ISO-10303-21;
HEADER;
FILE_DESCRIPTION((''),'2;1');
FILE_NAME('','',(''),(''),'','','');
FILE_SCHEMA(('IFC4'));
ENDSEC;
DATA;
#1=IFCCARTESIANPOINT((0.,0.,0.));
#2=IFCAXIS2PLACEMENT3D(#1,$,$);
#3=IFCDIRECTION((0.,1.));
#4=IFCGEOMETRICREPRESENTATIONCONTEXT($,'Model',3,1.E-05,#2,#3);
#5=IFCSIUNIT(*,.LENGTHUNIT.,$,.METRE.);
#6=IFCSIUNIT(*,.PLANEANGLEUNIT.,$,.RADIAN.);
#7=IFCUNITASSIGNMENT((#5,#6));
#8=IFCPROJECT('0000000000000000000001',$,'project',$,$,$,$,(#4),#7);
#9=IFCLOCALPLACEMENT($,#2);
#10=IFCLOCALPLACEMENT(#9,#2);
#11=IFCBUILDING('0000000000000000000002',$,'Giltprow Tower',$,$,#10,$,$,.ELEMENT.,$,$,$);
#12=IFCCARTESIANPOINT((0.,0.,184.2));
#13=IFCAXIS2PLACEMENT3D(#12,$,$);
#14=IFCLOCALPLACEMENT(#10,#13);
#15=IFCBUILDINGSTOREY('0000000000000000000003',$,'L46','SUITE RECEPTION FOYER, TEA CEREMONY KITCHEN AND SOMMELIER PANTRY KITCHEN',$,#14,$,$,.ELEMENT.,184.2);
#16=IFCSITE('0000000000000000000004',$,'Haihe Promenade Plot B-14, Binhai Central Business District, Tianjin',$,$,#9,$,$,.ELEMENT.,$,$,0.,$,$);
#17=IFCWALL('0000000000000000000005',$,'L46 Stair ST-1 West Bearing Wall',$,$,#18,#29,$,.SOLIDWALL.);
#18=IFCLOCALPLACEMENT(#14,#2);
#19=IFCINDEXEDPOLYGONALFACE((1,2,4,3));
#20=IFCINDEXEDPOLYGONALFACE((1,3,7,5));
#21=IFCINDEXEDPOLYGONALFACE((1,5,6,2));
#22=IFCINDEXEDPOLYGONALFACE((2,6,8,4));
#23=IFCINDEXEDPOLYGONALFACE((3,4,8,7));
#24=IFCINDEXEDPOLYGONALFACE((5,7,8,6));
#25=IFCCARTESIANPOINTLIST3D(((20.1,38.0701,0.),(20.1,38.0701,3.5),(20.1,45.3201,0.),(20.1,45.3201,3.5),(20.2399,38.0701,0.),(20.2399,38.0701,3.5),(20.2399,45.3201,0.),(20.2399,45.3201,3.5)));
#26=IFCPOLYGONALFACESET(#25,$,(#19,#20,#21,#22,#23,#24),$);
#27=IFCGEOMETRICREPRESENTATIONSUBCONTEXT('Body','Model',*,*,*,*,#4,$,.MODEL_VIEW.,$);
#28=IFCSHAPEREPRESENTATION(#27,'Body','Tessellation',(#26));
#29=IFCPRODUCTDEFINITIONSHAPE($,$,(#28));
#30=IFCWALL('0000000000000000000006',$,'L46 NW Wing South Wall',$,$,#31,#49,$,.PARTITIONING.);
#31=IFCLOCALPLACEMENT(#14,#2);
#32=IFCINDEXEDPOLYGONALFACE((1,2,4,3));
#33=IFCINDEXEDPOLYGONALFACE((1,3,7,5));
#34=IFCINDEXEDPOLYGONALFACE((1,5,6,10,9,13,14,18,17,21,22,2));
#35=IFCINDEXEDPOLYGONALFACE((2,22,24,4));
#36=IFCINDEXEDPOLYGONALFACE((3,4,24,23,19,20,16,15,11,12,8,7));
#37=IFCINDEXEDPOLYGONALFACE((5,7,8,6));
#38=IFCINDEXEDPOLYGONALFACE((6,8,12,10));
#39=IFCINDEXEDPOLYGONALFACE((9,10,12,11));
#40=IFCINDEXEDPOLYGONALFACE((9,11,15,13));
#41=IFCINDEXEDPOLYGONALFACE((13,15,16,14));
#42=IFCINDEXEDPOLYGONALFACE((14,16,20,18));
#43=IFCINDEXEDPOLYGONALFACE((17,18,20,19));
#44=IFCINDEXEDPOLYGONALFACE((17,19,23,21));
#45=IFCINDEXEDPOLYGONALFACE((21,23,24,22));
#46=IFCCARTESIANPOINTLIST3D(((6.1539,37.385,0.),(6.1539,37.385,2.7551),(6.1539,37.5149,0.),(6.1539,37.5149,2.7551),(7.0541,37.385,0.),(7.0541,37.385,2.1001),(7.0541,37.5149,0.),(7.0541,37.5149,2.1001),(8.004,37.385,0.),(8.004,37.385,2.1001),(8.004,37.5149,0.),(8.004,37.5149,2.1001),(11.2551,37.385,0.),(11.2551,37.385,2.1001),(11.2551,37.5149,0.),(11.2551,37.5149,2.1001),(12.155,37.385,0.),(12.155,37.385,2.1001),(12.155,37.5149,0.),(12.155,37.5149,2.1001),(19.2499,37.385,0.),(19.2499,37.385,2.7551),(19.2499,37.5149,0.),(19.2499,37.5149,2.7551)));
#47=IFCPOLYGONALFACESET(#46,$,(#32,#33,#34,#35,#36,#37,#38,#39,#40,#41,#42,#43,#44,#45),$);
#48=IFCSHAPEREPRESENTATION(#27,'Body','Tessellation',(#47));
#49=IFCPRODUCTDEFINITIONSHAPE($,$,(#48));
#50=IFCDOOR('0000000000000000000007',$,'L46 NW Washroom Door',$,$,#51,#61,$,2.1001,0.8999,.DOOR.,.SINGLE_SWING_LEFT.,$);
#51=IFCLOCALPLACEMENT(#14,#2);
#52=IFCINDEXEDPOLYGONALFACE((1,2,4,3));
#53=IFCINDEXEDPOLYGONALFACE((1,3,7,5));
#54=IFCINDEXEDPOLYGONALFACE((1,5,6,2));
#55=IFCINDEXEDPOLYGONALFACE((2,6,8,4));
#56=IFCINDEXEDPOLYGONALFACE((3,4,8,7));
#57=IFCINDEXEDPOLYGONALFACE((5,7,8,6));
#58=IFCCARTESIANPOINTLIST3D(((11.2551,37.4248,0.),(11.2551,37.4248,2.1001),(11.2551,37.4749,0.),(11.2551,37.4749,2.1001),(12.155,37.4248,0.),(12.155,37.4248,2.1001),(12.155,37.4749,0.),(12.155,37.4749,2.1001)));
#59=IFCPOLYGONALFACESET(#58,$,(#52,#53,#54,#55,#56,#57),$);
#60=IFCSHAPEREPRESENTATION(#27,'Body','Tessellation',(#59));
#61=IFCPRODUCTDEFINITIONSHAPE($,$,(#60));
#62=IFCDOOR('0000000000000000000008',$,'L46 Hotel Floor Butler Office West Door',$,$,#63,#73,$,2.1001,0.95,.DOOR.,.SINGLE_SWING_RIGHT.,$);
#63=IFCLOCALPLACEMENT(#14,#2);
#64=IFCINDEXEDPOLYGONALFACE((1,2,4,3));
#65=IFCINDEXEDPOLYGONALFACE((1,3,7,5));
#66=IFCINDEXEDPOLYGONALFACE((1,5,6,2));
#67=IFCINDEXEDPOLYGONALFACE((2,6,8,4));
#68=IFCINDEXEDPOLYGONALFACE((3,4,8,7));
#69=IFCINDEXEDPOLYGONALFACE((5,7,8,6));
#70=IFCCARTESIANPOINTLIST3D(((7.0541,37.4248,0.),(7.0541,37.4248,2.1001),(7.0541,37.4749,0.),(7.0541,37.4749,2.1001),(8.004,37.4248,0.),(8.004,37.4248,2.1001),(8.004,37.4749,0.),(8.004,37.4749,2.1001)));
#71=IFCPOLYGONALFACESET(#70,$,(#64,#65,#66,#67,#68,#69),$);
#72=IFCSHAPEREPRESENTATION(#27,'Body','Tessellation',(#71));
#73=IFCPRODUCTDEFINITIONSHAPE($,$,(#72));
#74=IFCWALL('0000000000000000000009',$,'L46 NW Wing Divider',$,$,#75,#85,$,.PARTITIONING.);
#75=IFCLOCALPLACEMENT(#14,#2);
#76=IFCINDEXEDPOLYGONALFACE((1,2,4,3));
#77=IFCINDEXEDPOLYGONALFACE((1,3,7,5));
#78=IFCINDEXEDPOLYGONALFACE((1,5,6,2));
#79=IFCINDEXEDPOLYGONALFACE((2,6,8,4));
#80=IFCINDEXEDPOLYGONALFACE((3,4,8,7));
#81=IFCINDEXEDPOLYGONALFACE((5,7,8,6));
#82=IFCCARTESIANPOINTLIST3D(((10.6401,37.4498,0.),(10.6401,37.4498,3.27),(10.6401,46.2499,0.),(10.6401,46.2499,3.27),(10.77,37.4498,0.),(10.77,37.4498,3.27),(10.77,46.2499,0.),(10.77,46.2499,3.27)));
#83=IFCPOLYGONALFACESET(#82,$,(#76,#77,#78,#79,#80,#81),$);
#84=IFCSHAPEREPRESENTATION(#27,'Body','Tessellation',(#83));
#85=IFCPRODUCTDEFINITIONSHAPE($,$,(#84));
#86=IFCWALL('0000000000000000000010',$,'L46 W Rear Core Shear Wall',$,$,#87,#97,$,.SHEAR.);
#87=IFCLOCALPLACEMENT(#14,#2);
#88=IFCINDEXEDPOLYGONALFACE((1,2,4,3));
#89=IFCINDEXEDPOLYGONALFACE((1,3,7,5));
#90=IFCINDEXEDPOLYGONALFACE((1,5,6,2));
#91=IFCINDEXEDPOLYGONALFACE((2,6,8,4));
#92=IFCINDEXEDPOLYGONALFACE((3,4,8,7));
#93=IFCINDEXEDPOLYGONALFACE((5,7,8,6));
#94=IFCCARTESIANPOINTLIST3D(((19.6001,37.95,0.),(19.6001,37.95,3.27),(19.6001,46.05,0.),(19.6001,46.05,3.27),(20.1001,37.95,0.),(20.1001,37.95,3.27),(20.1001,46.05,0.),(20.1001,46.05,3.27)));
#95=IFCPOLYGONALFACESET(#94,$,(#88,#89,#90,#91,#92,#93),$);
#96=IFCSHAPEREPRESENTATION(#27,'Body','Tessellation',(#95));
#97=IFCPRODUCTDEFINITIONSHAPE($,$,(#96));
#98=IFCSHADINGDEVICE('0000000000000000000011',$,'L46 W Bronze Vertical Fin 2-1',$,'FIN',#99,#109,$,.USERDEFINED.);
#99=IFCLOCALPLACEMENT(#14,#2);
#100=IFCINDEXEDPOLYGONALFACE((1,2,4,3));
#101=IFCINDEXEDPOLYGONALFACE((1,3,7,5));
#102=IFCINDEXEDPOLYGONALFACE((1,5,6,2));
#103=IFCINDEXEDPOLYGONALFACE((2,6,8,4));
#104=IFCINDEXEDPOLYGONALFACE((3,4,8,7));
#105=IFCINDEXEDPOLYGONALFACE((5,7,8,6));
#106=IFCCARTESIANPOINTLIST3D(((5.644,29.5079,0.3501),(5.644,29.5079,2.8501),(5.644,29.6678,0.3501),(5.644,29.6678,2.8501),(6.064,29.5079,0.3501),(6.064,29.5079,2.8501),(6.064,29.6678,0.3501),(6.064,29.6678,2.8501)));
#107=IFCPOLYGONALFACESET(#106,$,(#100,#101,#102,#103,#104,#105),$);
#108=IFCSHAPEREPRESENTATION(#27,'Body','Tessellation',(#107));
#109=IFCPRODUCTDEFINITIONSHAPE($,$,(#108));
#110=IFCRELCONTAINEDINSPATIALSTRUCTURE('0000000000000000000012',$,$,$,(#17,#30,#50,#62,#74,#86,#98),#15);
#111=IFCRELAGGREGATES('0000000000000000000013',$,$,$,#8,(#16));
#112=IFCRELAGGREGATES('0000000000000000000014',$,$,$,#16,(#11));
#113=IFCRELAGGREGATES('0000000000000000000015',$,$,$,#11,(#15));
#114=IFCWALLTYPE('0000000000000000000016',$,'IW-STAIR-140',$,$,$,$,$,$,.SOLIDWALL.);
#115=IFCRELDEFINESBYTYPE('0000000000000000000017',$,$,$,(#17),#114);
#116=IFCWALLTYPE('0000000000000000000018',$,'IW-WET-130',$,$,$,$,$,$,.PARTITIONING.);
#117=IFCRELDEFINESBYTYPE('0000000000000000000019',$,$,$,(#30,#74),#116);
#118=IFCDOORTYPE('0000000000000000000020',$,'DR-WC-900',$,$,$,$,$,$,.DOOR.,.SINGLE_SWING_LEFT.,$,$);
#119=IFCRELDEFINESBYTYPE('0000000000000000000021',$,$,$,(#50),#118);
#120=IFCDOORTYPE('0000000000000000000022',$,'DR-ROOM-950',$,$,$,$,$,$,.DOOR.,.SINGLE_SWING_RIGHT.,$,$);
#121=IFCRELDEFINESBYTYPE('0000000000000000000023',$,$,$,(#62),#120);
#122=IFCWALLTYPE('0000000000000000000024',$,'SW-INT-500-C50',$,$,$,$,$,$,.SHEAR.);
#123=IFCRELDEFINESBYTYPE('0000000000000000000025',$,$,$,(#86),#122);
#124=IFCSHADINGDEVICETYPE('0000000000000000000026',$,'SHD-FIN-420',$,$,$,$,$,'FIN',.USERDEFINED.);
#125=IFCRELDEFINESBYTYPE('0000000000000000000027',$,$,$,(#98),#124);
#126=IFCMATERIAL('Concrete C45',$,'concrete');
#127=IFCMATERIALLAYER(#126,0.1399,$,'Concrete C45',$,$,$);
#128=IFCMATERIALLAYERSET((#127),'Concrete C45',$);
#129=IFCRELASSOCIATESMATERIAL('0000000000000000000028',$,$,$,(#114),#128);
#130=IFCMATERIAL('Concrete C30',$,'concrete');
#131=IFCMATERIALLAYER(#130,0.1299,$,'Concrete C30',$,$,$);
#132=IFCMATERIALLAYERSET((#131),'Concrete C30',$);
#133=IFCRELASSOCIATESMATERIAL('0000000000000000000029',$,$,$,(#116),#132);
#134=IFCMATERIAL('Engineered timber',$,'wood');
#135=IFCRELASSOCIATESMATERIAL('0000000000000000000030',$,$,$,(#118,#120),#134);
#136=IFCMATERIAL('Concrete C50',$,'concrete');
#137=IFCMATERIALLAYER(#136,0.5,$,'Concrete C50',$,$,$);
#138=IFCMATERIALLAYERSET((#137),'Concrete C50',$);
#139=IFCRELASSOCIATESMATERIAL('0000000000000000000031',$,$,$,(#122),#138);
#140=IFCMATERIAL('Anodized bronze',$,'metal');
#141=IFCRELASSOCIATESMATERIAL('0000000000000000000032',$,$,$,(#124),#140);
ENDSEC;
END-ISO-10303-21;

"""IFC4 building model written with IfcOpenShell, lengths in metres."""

from ifc_helpers import new_model, si_unit, direction, frame, frame_2d, origin, origin_2d, place, context, subcontext, project, spatial, rectangle, extrude, source, transform, mapped, material, layer, layer_set, type_object, element, fill, save


model = new_model("IFC4")

# Units and contexts
model_context = context("Model", 3, precision=1e-05, world=origin(), true_north=direction((0.0, 1.0)))
body_context = subcontext(model_context, "Body", "Model", "MODEL_VIEW")
ifc_project = project(units=[si_unit("LENGTHUNIT", "METRE"), si_unit("PLANEANGLEUNIT", "RADIAN")], contexts=[model_context])

# Site, building, storey
site_placement = place(None, origin())
site = spatial("IfcSite", under=ifc_project, at=site_placement, Name="Haihe Promenade Plot B-14, Binhai Central Business District, Tianjin", CompositionType="ELEMENT", RefElevation=0.0)
building_placement = place(site_placement, origin())
building = spatial("IfcBuilding", under=site, at=building_placement, Name="Giltprow Tower", CompositionType="ELEMENT")
storey_placement = place(building_placement, frame((0.0, 0.0, 184.2)))
storey = spatial("IfcBuildingStorey", under=building, at=storey_placement, Name="L46", Description="SUITE RECEPTION FOYER, TEA CEREMONY KITCHEN AND SOMMELIER PANTRY KITCHEN", CompositionType="ELEMENT", Elevation=184.2)

# Shared definitions
ifc_material_1 = material(Name="Concrete C50", Category="concrete")

# Shared definitions
ifc_material_2 = material(Name="Engineered timber", Category="wood")

# Wall
ifc_material_3 = material(Name="Concrete C45", Category="concrete")
ifc_layer_1 = layer(ifc_material_3, 0.1399, Name="Concrete C45")
ifc_layer_set_1 = layer_set([ifc_layer_1], Name="Concrete C45")
wall_type_1 = type_object("IfcWallType", Name="IW-STAIR-140", PredefinedType="SOLIDWALL", material=ifc_layer_set_1)
wall_1_placement = place(storey_placement, frame((20.1699, 38.0701, 0.0), z_axis=(0.0, 0.0, 1.0), x_axis=(0.0, 1.0, 0.0)))
element("IfcWall", 1, at=wall_1_placement, inside=storey, type_object=wall_type_1, Name="L46 Stair ST-1 West Bearing Wall", PredefinedType="SOLIDWALL", context=body_context, shape_type="SweptSolid", body=[
    extrude(rectangle(XDim=7.25, YDim=0.1399, at=frame_2d((3.625, 0.0))), origin(), (0.0, 0.0, 1.0), 3.5),
])

# Wall, openings, doors
ifc_material_4 = material(Name="Concrete C30", Category="concrete")
ifc_layer_2 = layer(ifc_material_4, 0.1299, Name="Concrete C30")
ifc_layer_set_2 = layer_set([ifc_layer_2], Name="Concrete C30")
wall_type_2 = type_object("IfcWallType", Name="IW-WET-130", PredefinedType="PARTITIONING", material=ifc_layer_set_2)
wall_2_placement = place(storey_placement, frame((6.1541, 37.45, 0.0), z_axis=(0.0, 0.0, 1.0), x_axis=(1.0, 0.0, 0.0)))
wall_2 = element("IfcWall", 2, at=wall_2_placement, inside=storey, type_object=wall_type_2, Name="L46 NW Wing South Wall", PredefinedType="PARTITIONING", context=body_context, shape_type="SweptSolid", body=[
    extrude(rectangle(XDim=13.0959, YDim=0.1299, at=frame_2d((6.5479, 0.0))), origin(), (0.0, 0.0, 1.0), 2.7551),
])
opening_1_placement = place(wall_2_placement, frame((0.8999, 0.0, 0.0)))
opening_1 = element("IfcOpeningElement", 3, at=opening_1_placement, cuts=wall_2, PredefinedType="OPENING", context=body_context, shape_type="SweptSolid", body=[
    extrude(rectangle(XDim=0.95, YDim=2.1001, at=frame_2d((0.4751, 1.05))), frame((0.0, 0.075, 0.0), z_axis=(0.0, -1.0, 0.0), x_axis=(1.0, 0.0, 0.0)), (0.0, 0.0, 1.0), 0.1499),
])
opening_2_placement = place(wall_2_placement, frame((5.1011, 0.0, 0.0)))
opening_2 = element("IfcOpeningElement", 4, at=opening_2_placement, cuts=wall_2, PredefinedType="OPENING", context=body_context, shape_type="SweptSolid", body=[
    extrude(rectangle(XDim=0.8999, YDim=2.1001, at=frame_2d((0.45, 1.05))), frame((0.0, 0.075, 0.0), z_axis=(0.0, -1.0, 0.0), x_axis=(1.0, 0.0, 0.0)), (0.0, 0.0, 1.0), 0.1499),
])
door_type_1 = type_object("IfcDoorType", Name="DR-WC-900", OperationType="SINGLE_SWING_LEFT", PredefinedType="DOOR", material=ifc_material_2)
shared_shape_1 = source(origin(), body_context, "Body", "SweptSolid", [
    extrude(rectangle(XDim=0.8999, YDim=2.1001, at=frame_2d((0.45, 1.05))), frame((0.0, 0.0249, 0.0), z_axis=(0.0, -1.0, 0.0), x_axis=(1.0, 0.0, 0.0)), (0.0, 0.0, 1.0), 0.05),
])
door_1_placement = place(opening_2_placement, origin())
door_1 = element("IfcDoor", 5, at=door_1_placement, inside=storey, type_object=door_type_1, Name="L46 NW Washroom Door", OperationType="SINGLE_SWING_LEFT", OverallHeight=2.1001, OverallWidth=0.8999, PredefinedType="DOOR", context=body_context, shape_type="MappedRepresentation", body=[
    mapped(shared_shape_1, transform((0.0, 0.0, 0.0), x_axis=(1.0, 0.0, 0.0), y_axis=(0.0, 1.0, 0.0), z_axis=(0.0, 0.0, 1.0), scale=1.0)),
])
fill(opening_2, door_1)
door_type_2 = type_object("IfcDoorType", Name="DR-ROOM-950", OperationType="SINGLE_SWING_RIGHT", PredefinedType="DOOR", material=ifc_material_2)
shared_shape_2 = source(origin(), body_context, "Body", "SweptSolid", [
    extrude(rectangle(XDim=0.95, YDim=2.1001, at=frame_2d((0.4751, 1.05))), frame((0.0, 0.0249, 0.0), z_axis=(0.0, -1.0, 0.0), x_axis=(1.0, 0.0, 0.0)), (0.0, 0.0, 1.0), 0.05),
])
door_2_placement = place(opening_1_placement, origin())
door_2 = element("IfcDoor", 6, at=door_2_placement, inside=storey, type_object=door_type_2, Name="L46 Hotel Floor Butler Office West Door", OperationType="SINGLE_SWING_RIGHT", OverallHeight=2.1001, OverallWidth=0.95, PredefinedType="DOOR", context=body_context, shape_type="MappedRepresentation", body=[
    mapped(shared_shape_2, transform((0.0, 0.0, 0.0), x_axis=(1.0, 0.0, 0.0), y_axis=(0.0, 1.0, 0.0), z_axis=(0.0, 0.0, 1.0), scale=1.0)),
])
fill(opening_1, door_2)

# Wall
wall_3_placement = place(storey_placement, frame((10.7051, 37.45, 0.0), z_axis=(0.0, 0.0, 1.0), x_axis=(0.0, 1.0, 0.0)))
element("IfcWall", 7, at=wall_3_placement, inside=storey, type_object=wall_type_2, Name="L46 NW Wing Divider", PredefinedType="PARTITIONING", context=body_context, shape_type="SweptSolid", body=[
    extrude(rectangle(XDim=8.8, YDim=0.1299, at=frame_2d((4.3999, 0.0))), origin(), (0.0, 0.0, 1.0), 3.27),
])

# Shared definitions
ifc_layer_3 = layer(ifc_material_1, 0.5, Name="Concrete C50")
ifc_layer_set_3 = layer_set([ifc_layer_3], Name="Concrete C50")
wall_type_3 = type_object("IfcWallType", Name="SW-INT-500-C50", PredefinedType="SHEAR", material=ifc_layer_set_3)

# Wall
wall_4_placement = place(storey_placement, frame((19.8501, 37.95, 0.0), z_axis=(0.0, 0.0, 1.0), x_axis=(0.0, 1.0, 0.0)))
element("IfcWall", 8, at=wall_4_placement, inside=storey, type_object=wall_type_3, Name="L46 W Rear Core Shear Wall", PredefinedType="SHEAR", context=body_context, shape_type="SweptSolid", body=[
    extrude(rectangle(XDim=8.1001, YDim=0.5, at=frame_2d((4.05, 0.0))), origin(), (0.0, 0.0, 1.0), 3.27),
])

# Shading device
ifc_material_5 = material(Name="Anodized bronze", Category="metal")
shading_device_type = type_object("IfcShadingDeviceType", Name="SHD-FIN-420", ElementType="FIN", PredefinedType="USERDEFINED", material=ifc_material_5)
shared_shape_3 = source(origin(), body_context, "Body", "SweptSolid", [
    extrude(rectangle(XDim=0.4199, YDim=0.1599, at=origin_2d()), origin(), (0.0, 0.0, 1.0), 2.5),
])
shading_device_placement = place(storey_placement, frame((5.854, 29.5879, 0.3501), z_axis=(0.0, 0.0, 1.0), x_axis=(1.0, 0.0, 0.0)))
element("IfcShadingDevice", 9, at=shading_device_placement, inside=storey, type_object=shading_device_type, Name="L46 W Bronze Vertical Fin 2-1", ObjectType="FIN", PredefinedType="USERDEFINED", context=body_context, shape_type="MappedRepresentation", body=[
    mapped(shared_shape_3, transform((0.0, 0.0, 0.0), x_axis=(1.0, 0.0, 0.0), y_axis=(0.0, 1.0, 0.0), z_axis=(0.0, 0.0, 1.0), scale=1.0)),
])

save(model, "model.ifc")
